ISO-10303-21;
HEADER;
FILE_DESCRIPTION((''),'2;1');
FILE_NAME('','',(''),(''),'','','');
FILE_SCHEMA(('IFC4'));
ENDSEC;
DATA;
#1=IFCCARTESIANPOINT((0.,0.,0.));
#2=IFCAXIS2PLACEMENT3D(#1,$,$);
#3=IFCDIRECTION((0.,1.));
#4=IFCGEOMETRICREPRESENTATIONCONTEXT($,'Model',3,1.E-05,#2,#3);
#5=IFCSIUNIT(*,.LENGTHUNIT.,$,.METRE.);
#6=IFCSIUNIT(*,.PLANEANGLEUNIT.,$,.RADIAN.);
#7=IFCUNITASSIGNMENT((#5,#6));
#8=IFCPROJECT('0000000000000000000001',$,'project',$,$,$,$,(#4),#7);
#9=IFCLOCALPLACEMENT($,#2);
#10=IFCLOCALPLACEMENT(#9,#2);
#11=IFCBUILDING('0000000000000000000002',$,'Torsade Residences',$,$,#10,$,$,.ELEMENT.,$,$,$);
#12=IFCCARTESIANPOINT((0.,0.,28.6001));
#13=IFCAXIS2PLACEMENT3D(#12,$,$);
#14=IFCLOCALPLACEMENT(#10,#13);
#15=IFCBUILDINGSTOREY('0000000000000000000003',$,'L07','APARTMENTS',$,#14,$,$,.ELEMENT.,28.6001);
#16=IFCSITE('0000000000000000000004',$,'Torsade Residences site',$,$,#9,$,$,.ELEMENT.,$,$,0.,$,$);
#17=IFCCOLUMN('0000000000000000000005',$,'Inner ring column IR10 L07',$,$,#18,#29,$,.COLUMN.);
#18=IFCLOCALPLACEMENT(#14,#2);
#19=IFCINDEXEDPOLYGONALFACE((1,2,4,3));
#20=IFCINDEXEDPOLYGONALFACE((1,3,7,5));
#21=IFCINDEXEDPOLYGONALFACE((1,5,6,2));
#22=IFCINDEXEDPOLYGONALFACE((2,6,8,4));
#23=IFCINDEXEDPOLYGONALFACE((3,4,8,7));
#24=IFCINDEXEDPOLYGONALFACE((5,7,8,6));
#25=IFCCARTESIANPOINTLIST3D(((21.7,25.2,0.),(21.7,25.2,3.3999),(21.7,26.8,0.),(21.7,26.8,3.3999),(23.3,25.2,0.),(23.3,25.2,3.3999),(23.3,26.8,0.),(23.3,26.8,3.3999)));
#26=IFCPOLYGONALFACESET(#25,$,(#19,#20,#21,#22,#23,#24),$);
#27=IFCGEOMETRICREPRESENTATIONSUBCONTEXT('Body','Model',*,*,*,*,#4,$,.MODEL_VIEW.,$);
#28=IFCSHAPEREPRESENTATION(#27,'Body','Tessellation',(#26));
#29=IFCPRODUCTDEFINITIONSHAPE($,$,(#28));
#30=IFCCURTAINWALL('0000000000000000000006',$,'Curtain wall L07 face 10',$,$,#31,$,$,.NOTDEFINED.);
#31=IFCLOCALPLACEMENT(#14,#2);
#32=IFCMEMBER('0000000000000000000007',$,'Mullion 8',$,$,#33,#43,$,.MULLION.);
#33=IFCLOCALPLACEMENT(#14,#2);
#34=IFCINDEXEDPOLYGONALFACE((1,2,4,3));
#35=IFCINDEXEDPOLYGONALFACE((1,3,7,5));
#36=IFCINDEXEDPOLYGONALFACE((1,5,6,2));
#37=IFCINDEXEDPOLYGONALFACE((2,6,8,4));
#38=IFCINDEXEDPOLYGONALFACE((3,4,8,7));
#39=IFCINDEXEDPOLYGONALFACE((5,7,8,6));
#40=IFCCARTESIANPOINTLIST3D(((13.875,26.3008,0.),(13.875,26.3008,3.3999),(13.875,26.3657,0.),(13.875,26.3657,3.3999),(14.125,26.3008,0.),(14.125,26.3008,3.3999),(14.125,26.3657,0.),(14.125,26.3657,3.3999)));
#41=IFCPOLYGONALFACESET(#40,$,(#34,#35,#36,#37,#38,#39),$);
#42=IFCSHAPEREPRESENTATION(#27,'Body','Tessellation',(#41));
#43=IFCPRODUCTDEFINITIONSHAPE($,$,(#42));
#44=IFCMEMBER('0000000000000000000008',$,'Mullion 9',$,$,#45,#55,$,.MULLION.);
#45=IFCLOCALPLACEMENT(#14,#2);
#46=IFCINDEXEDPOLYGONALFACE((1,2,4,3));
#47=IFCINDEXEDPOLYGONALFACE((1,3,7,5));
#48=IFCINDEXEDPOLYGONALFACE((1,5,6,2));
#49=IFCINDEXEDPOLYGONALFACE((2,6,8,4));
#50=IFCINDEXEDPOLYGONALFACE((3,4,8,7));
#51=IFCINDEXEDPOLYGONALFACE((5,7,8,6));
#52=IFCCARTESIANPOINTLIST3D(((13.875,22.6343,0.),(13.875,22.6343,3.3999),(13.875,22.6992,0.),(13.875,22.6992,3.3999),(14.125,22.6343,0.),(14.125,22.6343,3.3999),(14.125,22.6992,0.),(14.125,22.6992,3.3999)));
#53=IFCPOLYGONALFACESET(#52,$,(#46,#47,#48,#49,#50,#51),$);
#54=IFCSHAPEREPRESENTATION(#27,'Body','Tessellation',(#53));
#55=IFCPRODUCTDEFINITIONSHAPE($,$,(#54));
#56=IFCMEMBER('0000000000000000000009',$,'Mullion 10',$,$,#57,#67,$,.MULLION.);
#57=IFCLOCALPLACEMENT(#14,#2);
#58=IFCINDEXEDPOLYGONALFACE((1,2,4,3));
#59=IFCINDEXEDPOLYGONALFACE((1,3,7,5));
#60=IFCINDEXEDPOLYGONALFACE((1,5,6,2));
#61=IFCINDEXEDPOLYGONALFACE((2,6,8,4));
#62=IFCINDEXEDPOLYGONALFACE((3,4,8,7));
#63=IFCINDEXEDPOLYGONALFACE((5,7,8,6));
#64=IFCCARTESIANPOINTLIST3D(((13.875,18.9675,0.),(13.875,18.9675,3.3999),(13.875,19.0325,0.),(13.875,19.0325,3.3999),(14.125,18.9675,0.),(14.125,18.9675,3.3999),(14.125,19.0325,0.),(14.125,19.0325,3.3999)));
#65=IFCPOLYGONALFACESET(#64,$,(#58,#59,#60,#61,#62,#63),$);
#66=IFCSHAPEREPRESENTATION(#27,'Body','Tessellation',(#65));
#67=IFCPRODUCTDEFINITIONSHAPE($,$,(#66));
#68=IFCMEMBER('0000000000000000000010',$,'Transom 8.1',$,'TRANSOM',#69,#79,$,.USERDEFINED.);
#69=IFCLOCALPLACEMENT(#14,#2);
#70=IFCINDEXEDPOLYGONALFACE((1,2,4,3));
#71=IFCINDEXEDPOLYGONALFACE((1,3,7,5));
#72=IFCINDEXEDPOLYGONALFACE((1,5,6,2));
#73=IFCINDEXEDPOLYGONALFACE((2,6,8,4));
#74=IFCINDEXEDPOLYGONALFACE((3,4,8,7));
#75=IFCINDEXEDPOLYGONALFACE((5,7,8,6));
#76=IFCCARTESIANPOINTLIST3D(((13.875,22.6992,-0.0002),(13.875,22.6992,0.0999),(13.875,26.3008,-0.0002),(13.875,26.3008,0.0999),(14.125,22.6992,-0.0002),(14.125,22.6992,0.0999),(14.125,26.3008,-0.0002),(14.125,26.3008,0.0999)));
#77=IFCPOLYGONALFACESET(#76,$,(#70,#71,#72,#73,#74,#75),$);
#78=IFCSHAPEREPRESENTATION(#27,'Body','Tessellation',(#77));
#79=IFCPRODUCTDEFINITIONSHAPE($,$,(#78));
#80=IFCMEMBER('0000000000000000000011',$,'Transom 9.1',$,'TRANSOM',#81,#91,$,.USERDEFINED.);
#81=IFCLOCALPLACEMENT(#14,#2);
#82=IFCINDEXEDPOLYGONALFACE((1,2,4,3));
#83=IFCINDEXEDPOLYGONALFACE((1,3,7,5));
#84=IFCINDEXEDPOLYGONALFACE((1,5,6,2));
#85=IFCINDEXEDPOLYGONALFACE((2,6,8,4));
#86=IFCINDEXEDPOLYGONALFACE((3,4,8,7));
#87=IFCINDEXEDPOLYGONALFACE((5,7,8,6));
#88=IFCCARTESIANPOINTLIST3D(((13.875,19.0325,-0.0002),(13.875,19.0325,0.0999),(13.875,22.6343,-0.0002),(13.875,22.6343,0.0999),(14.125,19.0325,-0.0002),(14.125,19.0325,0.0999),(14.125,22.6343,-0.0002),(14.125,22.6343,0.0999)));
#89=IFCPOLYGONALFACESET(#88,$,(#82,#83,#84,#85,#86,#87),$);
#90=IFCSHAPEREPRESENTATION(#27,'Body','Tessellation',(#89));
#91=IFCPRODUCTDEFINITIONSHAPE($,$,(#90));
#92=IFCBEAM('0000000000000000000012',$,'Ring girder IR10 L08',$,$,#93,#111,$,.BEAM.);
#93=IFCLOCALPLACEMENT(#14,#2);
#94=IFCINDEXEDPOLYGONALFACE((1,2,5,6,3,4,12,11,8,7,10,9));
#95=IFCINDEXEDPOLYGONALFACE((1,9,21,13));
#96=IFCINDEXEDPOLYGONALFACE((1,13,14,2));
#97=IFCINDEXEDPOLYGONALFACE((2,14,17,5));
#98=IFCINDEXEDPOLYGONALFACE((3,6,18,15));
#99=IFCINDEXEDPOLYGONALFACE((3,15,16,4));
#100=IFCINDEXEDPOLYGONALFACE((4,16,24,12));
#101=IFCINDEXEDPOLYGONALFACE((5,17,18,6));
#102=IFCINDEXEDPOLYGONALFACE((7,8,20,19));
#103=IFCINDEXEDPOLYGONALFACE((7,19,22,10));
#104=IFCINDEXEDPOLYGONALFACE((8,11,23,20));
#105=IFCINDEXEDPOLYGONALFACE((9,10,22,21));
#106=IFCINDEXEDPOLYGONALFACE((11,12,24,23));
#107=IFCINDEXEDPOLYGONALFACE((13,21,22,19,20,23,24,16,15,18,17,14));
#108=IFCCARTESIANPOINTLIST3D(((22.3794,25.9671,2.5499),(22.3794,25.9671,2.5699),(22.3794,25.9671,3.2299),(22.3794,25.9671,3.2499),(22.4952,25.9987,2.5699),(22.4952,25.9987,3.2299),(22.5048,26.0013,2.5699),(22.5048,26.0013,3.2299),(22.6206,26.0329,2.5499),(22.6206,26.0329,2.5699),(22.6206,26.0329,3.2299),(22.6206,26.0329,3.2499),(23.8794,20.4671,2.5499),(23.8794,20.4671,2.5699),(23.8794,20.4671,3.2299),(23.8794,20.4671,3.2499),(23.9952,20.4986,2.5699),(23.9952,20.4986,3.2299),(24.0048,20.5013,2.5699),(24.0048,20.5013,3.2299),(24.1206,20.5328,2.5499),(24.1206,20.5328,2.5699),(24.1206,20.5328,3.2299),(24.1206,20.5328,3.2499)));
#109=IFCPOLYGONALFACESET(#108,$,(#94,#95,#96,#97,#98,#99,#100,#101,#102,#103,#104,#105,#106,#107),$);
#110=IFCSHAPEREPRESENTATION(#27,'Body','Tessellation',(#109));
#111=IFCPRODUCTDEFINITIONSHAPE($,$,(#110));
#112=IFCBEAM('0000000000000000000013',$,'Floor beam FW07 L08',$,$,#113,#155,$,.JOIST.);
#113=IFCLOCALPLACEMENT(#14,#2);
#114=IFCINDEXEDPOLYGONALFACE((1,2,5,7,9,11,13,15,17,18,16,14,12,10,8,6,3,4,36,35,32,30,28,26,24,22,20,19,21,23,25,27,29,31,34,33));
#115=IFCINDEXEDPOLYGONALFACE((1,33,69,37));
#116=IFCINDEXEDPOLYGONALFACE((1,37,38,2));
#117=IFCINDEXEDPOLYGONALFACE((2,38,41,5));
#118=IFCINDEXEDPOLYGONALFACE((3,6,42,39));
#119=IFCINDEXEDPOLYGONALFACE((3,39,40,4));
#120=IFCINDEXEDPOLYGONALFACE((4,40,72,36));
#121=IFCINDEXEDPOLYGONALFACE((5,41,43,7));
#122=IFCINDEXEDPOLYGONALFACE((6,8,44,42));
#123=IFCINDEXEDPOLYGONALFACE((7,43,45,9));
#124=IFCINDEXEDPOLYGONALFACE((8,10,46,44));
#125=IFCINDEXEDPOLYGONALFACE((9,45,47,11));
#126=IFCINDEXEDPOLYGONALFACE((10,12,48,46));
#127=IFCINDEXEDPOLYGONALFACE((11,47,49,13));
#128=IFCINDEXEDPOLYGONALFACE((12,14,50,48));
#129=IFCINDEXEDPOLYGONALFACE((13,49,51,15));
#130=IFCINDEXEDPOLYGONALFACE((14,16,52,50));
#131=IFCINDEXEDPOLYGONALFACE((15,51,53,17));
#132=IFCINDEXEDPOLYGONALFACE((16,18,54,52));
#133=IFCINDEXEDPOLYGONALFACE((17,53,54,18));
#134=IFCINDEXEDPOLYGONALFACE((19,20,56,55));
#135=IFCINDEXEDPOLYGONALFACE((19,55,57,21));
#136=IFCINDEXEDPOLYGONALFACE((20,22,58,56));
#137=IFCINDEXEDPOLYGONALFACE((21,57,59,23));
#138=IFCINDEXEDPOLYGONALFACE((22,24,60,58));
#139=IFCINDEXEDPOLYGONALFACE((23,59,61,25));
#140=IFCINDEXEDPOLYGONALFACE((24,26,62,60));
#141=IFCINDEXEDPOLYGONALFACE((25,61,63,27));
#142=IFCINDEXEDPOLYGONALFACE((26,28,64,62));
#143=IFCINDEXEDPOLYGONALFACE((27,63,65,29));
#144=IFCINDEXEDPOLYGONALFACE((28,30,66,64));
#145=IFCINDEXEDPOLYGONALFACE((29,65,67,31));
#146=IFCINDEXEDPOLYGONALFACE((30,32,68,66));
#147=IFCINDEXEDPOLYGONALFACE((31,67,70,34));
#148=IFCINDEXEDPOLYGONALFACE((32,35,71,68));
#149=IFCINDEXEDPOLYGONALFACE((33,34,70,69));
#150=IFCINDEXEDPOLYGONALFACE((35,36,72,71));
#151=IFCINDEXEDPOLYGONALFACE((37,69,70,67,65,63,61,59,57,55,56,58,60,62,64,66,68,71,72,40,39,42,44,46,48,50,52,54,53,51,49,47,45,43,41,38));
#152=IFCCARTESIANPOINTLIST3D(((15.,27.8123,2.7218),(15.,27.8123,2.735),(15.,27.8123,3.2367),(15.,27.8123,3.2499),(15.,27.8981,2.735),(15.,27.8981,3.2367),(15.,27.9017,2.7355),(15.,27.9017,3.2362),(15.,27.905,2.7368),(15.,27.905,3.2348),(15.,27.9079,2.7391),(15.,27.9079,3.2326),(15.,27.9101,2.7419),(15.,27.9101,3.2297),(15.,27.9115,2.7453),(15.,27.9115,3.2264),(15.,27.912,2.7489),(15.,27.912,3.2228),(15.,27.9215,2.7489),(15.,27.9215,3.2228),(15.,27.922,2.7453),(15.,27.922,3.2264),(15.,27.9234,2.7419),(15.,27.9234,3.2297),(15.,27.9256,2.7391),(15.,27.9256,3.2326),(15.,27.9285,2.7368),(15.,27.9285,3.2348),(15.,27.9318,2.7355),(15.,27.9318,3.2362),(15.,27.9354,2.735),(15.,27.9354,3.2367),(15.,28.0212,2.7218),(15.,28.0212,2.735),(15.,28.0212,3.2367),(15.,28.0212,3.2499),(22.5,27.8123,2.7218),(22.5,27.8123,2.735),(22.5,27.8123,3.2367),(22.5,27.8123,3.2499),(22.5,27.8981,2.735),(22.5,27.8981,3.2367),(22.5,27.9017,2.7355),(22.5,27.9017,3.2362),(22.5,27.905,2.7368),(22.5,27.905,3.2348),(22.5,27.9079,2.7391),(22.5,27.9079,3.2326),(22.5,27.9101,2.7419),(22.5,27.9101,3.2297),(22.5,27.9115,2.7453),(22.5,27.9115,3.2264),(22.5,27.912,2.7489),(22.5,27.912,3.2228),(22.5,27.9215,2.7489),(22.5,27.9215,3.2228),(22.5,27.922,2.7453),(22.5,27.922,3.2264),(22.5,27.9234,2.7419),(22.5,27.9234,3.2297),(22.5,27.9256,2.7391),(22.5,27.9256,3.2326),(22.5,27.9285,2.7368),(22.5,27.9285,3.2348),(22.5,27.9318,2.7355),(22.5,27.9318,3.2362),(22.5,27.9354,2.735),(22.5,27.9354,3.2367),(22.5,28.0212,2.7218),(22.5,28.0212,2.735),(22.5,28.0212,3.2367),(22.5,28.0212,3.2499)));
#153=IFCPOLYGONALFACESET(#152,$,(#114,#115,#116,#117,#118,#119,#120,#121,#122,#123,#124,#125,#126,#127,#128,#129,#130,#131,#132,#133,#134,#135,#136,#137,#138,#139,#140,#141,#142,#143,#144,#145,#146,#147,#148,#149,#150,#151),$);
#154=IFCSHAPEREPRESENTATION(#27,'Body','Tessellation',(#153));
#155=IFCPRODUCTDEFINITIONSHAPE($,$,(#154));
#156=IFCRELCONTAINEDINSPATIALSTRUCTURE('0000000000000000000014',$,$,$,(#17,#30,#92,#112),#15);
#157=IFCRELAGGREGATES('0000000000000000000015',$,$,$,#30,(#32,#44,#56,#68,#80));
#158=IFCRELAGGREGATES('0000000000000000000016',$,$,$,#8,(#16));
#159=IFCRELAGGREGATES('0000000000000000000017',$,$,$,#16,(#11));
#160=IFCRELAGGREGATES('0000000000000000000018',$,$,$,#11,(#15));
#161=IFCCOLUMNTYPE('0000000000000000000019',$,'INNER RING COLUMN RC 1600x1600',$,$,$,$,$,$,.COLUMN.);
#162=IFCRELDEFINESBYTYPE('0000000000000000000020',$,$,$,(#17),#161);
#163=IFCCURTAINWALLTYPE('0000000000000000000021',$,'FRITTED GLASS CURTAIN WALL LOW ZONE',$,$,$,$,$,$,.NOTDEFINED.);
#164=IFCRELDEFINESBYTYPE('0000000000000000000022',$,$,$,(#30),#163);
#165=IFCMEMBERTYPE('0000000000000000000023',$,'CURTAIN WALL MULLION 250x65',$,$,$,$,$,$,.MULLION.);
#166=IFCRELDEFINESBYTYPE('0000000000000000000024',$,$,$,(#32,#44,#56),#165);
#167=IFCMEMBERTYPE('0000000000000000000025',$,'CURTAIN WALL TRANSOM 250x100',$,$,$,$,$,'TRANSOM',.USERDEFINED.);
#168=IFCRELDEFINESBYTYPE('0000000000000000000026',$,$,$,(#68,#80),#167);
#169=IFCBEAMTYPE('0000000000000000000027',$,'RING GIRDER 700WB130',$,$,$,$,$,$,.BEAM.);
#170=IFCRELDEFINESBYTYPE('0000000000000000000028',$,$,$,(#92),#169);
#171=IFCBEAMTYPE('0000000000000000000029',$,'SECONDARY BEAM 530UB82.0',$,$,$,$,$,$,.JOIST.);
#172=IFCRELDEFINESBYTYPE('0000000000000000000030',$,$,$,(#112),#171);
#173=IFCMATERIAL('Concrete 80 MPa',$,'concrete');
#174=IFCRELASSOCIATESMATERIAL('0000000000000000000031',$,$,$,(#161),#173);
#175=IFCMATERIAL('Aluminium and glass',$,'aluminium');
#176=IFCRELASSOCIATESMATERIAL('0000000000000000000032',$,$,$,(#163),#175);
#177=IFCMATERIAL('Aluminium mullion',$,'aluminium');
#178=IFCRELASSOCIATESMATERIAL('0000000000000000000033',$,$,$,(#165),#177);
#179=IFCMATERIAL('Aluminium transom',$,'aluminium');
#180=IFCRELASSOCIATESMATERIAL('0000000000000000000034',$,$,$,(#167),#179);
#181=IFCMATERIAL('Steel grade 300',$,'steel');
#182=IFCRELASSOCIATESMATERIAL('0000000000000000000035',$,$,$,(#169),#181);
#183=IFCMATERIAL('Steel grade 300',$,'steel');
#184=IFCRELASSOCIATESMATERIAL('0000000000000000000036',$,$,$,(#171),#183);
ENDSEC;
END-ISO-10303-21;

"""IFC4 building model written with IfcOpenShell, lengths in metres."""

from ifc_helpers import new_model, si_unit, direction, frame, origin, origin_2d, place, context, subcontext, project, spatial, rectangle, i_section, extrude, material, material_profile, profile_set, type_object, element, aggregate, save


model = new_model("IFC4")

# Units and contexts
model_context = context("Model", 3, precision=1e-05, world=origin(), true_north=direction((0.0, 1.0)))
body_context = subcontext(model_context, "Body", "Model", "MODEL_VIEW")
ifc_project = project(units=[si_unit("LENGTHUNIT", "METRE"), si_unit("PLANEANGLEUNIT", "RADIAN")], contexts=[model_context])

# Site, building, storey
site_placement = place(None, origin())
site = spatial("IfcSite", under=ifc_project, at=site_placement, Name="Torsade Residences site", CompositionType="ELEMENT", RefElevation=0.0)
building_placement = place(site_placement, origin())
building = spatial("IfcBuilding", under=site, at=building_placement, Name="Torsade Residences", CompositionType="ELEMENT")
storey_placement = place(building_placement, frame((0.0, 0.0, 28.6001)))
storey = spatial("IfcBuildingStorey", under=building, at=storey_placement, Name="L07", Description="APARTMENTS", CompositionType="ELEMENT", Elevation=28.6001)

# Column
ifc_material_1 = material(Name="Concrete 80 MPa", Category="concrete")
ifc_material_profile_1 = material_profile(ifc_material_1, rectangle(XDim=1.6001, YDim=1.6001, at=origin_2d()), Name="RC 1600x1600")
ifc_profile_set_1 = profile_set([ifc_material_profile_1], Name="Concrete 80 MPa")
column_type = type_object("IfcColumnType", Name="INNER RING COLUMN RC 1600x1600", PredefinedType="COLUMN", material=ifc_profile_set_1)
column_placement = place(storey_placement, frame((22.5, 26.0, 0.0), z_axis=(0.0, 0.0, 1.0), x_axis=(1.0, 0.0, 0.0)))
element("IfcColumn", 1, at=column_placement, inside=storey, type_object=column_type, Name="Inner ring column IR10 L07", PredefinedType="COLUMN", context=body_context, shape_type="SweptSolid", body=[
    extrude(rectangle(XDim=1.6001, YDim=1.6001, at=origin_2d()), origin(), (0.0, 0.0, 1.0), 3.3999),
])

# Curtain wall, members
ifc_material_2 = material(Name="Aluminium and glass", Category="aluminium")
curtain_wall_type = type_object("IfcCurtainWallType", Name="FRITTED GLASS CURTAIN WALL LOW ZONE", PredefinedType="NOTDEFINED", material=ifc_material_2)
curtain_wall_placement = place(storey_placement, origin())
curtain_wall = element("IfcCurtainWall", 2, at=curtain_wall_placement, inside=storey, type_object=curtain_wall_type, Name="Curtain wall L07 face 10", PredefinedType="NOTDEFINED")
ifc_material_3 = material(Name="Aluminium mullion", Category="aluminium")
ifc_material_profile_2 = material_profile(ifc_material_3, rectangle(XDim=0.25, YDim=0.0649, at=origin_2d()), Name="CURTAIN WALL MULLION 250x65")
ifc_profile_set_2 = profile_set([ifc_material_profile_2], Name="Aluminium mullion")
member_type_1 = type_object("IfcMemberType", Name="CURTAIN WALL MULLION 250x65", PredefinedType="MULLION", material=ifc_profile_set_2)
member_1_placement = place(storey_placement, frame((14.0, 26.3333, 0.0), z_axis=(0.0, 0.0, 1.0), x_axis=(1.0, 0.0, 0.0)))
member_1 = element("IfcMember", 3, at=member_1_placement, type_object=member_type_1, Name="Mullion 8", PredefinedType="MULLION", context=body_context, shape_type="SweptSolid", body=[
    extrude(rectangle(XDim=0.25, YDim=0.0649, at=origin_2d()), origin(), (0.0, 0.0, 1.0), 3.3999),
])
member_2_placement = place(storey_placement, frame((14.0, 22.6667, 0.0), z_axis=(0.0, 0.0, 1.0), x_axis=(1.0, 0.0, 0.0)))
member_2 = element("IfcMember", 4, at=member_2_placement, type_object=member_type_1, Name="Mullion 9", PredefinedType="MULLION", context=body_context, shape_type="SweptSolid", body=[
    extrude(rectangle(XDim=0.25, YDim=0.0649, at=origin_2d()), origin(), (0.0, 0.0, 1.0), 3.3999),
])
member_3_placement = place(storey_placement, frame((14.0, 19.0, 0.0), z_axis=(0.0, 0.0, 1.0), x_axis=(1.0, 0.0, 0.0)))
member_3 = element("IfcMember", 5, at=member_3_placement, type_object=member_type_1, Name="Mullion 10", PredefinedType="MULLION", context=body_context, shape_type="SweptSolid", body=[
    extrude(rectangle(XDim=0.25, YDim=0.0649, at=origin_2d()), origin(), (0.0, 0.0, 1.0), 3.3999),
])
ifc_material_4 = material(Name="Aluminium transom", Category="aluminium")
ifc_material_profile_3 = material_profile(ifc_material_4, rectangle(XDim=0.25, YDim=0.1001, at=origin_2d()), Name="CURTAIN WALL TRANSOM 250x100")
ifc_profile_set_3 = profile_set([ifc_material_profile_3], Name="Aluminium transom")
member_type_2 = type_object("IfcMemberType", Name="CURTAIN WALL TRANSOM 250x100", ElementType="TRANSOM", PredefinedType="USERDEFINED", material=ifc_profile_set_3)
member_4_placement = place(storey_placement, frame((14.0, 26.3008, 0.0498), z_axis=(0.0, -1.0, 0.0), x_axis=(1.0, 0.0, 0.0)))
member_4 = element("IfcMember", 6, at=member_4_placement, type_object=member_type_2, Name="Transom 8.1", ObjectType="TRANSOM", PredefinedType="USERDEFINED", context=body_context, shape_type="SweptSolid", body=[
    extrude(rectangle(XDim=0.25, YDim=0.1001, at=origin_2d()), origin(), (0.0, 0.0, 1.0), 3.6016),
])
member_5_placement = place(storey_placement, frame((14.0, 22.6343, 0.0498), z_axis=(0.0, -1.0, 0.0), x_axis=(1.0, 0.0, 0.0)))
member_5 = element("IfcMember", 7, at=member_5_placement, type_object=member_type_2, Name="Transom 9.1", ObjectType="TRANSOM", PredefinedType="USERDEFINED", context=body_context, shape_type="SweptSolid", body=[
    extrude(rectangle(XDim=0.25, YDim=0.1001, at=origin_2d()), origin(), (0.0, 0.0, 1.0), 3.6018),
])

# Beams
ifc_material_5 = material(Name="Steel grade 300", Category="steel")
ifc_material_profile_4 = material_profile(ifc_material_5, i_section(OverallWidth=0.25, OverallDepth=0.7, WebThickness=0.01, FlangeThickness=0.02, at=origin_2d()), Name="700WB130")
ifc_profile_set_4 = profile_set([ifc_material_profile_4], Name="Steel grade 300")
beam_type_1 = type_object("IfcBeamType", Name="RING GIRDER 700WB130", PredefinedType="BEAM", material=ifc_profile_set_4)
beam_1_placement = place(storey_placement, frame((22.5, 26.0, 2.8999), z_axis=(0.263117, -0.964764, 0.0), x_axis=(0.964764, 0.263117, 0.0)))
element("IfcBeam", 8, at=beam_1_placement, inside=storey, type_object=beam_type_1, Name="Ring girder IR10 L08", PredefinedType="BEAM", context=body_context, shape_type="SweptSolid", body=[
    extrude(i_section(OverallWidth=0.25, OverallDepth=0.7, WebThickness=0.01, FlangeThickness=0.02, at=origin_2d()), origin(), (0.0, 0.0, 1.0), 5.7009),
])
ifc_material_6 = material(Name="Steel grade 300", Category="steel")
ifc_material_profile_5 = material_profile(ifc_material_6, i_section(OverallWidth=0.209, OverallDepth=0.5281, WebThickness=0.0095, FlangeThickness=0.0132, FilletRadius=0.0139, at=origin_2d()), Name="530UB82.0")
ifc_profile_set_5 = profile_set([ifc_material_profile_5], Name="Steel grade 300")
beam_type_2 = type_object("IfcBeamType", Name="SECONDARY BEAM 530UB82.0", PredefinedType="JOIST", material=ifc_profile_set_5)
beam_2_placement = place(storey_placement, frame((15.0, 27.9167, 2.9858), z_axis=(1.0, 0.0, 0.0), x_axis=(0.0, 1.0, 0.0)))
element("IfcBeam", 9, at=beam_2_placement, inside=storey, type_object=beam_type_2, Name="Floor beam FW07 L08", PredefinedType="JOIST", context=body_context, shape_type="SweptSolid", body=[
    extrude(i_section(OverallWidth=0.209, OverallDepth=0.5281, WebThickness=0.0095, FlangeThickness=0.0132, FilletRadius=0.0139, at=origin_2d()), origin(), (0.0, 0.0, 1.0), 7.5),
])

aggregate(curtain_wall, [member_1, member_2, member_3, member_4, member_5])

save(model, "model.ifc")
